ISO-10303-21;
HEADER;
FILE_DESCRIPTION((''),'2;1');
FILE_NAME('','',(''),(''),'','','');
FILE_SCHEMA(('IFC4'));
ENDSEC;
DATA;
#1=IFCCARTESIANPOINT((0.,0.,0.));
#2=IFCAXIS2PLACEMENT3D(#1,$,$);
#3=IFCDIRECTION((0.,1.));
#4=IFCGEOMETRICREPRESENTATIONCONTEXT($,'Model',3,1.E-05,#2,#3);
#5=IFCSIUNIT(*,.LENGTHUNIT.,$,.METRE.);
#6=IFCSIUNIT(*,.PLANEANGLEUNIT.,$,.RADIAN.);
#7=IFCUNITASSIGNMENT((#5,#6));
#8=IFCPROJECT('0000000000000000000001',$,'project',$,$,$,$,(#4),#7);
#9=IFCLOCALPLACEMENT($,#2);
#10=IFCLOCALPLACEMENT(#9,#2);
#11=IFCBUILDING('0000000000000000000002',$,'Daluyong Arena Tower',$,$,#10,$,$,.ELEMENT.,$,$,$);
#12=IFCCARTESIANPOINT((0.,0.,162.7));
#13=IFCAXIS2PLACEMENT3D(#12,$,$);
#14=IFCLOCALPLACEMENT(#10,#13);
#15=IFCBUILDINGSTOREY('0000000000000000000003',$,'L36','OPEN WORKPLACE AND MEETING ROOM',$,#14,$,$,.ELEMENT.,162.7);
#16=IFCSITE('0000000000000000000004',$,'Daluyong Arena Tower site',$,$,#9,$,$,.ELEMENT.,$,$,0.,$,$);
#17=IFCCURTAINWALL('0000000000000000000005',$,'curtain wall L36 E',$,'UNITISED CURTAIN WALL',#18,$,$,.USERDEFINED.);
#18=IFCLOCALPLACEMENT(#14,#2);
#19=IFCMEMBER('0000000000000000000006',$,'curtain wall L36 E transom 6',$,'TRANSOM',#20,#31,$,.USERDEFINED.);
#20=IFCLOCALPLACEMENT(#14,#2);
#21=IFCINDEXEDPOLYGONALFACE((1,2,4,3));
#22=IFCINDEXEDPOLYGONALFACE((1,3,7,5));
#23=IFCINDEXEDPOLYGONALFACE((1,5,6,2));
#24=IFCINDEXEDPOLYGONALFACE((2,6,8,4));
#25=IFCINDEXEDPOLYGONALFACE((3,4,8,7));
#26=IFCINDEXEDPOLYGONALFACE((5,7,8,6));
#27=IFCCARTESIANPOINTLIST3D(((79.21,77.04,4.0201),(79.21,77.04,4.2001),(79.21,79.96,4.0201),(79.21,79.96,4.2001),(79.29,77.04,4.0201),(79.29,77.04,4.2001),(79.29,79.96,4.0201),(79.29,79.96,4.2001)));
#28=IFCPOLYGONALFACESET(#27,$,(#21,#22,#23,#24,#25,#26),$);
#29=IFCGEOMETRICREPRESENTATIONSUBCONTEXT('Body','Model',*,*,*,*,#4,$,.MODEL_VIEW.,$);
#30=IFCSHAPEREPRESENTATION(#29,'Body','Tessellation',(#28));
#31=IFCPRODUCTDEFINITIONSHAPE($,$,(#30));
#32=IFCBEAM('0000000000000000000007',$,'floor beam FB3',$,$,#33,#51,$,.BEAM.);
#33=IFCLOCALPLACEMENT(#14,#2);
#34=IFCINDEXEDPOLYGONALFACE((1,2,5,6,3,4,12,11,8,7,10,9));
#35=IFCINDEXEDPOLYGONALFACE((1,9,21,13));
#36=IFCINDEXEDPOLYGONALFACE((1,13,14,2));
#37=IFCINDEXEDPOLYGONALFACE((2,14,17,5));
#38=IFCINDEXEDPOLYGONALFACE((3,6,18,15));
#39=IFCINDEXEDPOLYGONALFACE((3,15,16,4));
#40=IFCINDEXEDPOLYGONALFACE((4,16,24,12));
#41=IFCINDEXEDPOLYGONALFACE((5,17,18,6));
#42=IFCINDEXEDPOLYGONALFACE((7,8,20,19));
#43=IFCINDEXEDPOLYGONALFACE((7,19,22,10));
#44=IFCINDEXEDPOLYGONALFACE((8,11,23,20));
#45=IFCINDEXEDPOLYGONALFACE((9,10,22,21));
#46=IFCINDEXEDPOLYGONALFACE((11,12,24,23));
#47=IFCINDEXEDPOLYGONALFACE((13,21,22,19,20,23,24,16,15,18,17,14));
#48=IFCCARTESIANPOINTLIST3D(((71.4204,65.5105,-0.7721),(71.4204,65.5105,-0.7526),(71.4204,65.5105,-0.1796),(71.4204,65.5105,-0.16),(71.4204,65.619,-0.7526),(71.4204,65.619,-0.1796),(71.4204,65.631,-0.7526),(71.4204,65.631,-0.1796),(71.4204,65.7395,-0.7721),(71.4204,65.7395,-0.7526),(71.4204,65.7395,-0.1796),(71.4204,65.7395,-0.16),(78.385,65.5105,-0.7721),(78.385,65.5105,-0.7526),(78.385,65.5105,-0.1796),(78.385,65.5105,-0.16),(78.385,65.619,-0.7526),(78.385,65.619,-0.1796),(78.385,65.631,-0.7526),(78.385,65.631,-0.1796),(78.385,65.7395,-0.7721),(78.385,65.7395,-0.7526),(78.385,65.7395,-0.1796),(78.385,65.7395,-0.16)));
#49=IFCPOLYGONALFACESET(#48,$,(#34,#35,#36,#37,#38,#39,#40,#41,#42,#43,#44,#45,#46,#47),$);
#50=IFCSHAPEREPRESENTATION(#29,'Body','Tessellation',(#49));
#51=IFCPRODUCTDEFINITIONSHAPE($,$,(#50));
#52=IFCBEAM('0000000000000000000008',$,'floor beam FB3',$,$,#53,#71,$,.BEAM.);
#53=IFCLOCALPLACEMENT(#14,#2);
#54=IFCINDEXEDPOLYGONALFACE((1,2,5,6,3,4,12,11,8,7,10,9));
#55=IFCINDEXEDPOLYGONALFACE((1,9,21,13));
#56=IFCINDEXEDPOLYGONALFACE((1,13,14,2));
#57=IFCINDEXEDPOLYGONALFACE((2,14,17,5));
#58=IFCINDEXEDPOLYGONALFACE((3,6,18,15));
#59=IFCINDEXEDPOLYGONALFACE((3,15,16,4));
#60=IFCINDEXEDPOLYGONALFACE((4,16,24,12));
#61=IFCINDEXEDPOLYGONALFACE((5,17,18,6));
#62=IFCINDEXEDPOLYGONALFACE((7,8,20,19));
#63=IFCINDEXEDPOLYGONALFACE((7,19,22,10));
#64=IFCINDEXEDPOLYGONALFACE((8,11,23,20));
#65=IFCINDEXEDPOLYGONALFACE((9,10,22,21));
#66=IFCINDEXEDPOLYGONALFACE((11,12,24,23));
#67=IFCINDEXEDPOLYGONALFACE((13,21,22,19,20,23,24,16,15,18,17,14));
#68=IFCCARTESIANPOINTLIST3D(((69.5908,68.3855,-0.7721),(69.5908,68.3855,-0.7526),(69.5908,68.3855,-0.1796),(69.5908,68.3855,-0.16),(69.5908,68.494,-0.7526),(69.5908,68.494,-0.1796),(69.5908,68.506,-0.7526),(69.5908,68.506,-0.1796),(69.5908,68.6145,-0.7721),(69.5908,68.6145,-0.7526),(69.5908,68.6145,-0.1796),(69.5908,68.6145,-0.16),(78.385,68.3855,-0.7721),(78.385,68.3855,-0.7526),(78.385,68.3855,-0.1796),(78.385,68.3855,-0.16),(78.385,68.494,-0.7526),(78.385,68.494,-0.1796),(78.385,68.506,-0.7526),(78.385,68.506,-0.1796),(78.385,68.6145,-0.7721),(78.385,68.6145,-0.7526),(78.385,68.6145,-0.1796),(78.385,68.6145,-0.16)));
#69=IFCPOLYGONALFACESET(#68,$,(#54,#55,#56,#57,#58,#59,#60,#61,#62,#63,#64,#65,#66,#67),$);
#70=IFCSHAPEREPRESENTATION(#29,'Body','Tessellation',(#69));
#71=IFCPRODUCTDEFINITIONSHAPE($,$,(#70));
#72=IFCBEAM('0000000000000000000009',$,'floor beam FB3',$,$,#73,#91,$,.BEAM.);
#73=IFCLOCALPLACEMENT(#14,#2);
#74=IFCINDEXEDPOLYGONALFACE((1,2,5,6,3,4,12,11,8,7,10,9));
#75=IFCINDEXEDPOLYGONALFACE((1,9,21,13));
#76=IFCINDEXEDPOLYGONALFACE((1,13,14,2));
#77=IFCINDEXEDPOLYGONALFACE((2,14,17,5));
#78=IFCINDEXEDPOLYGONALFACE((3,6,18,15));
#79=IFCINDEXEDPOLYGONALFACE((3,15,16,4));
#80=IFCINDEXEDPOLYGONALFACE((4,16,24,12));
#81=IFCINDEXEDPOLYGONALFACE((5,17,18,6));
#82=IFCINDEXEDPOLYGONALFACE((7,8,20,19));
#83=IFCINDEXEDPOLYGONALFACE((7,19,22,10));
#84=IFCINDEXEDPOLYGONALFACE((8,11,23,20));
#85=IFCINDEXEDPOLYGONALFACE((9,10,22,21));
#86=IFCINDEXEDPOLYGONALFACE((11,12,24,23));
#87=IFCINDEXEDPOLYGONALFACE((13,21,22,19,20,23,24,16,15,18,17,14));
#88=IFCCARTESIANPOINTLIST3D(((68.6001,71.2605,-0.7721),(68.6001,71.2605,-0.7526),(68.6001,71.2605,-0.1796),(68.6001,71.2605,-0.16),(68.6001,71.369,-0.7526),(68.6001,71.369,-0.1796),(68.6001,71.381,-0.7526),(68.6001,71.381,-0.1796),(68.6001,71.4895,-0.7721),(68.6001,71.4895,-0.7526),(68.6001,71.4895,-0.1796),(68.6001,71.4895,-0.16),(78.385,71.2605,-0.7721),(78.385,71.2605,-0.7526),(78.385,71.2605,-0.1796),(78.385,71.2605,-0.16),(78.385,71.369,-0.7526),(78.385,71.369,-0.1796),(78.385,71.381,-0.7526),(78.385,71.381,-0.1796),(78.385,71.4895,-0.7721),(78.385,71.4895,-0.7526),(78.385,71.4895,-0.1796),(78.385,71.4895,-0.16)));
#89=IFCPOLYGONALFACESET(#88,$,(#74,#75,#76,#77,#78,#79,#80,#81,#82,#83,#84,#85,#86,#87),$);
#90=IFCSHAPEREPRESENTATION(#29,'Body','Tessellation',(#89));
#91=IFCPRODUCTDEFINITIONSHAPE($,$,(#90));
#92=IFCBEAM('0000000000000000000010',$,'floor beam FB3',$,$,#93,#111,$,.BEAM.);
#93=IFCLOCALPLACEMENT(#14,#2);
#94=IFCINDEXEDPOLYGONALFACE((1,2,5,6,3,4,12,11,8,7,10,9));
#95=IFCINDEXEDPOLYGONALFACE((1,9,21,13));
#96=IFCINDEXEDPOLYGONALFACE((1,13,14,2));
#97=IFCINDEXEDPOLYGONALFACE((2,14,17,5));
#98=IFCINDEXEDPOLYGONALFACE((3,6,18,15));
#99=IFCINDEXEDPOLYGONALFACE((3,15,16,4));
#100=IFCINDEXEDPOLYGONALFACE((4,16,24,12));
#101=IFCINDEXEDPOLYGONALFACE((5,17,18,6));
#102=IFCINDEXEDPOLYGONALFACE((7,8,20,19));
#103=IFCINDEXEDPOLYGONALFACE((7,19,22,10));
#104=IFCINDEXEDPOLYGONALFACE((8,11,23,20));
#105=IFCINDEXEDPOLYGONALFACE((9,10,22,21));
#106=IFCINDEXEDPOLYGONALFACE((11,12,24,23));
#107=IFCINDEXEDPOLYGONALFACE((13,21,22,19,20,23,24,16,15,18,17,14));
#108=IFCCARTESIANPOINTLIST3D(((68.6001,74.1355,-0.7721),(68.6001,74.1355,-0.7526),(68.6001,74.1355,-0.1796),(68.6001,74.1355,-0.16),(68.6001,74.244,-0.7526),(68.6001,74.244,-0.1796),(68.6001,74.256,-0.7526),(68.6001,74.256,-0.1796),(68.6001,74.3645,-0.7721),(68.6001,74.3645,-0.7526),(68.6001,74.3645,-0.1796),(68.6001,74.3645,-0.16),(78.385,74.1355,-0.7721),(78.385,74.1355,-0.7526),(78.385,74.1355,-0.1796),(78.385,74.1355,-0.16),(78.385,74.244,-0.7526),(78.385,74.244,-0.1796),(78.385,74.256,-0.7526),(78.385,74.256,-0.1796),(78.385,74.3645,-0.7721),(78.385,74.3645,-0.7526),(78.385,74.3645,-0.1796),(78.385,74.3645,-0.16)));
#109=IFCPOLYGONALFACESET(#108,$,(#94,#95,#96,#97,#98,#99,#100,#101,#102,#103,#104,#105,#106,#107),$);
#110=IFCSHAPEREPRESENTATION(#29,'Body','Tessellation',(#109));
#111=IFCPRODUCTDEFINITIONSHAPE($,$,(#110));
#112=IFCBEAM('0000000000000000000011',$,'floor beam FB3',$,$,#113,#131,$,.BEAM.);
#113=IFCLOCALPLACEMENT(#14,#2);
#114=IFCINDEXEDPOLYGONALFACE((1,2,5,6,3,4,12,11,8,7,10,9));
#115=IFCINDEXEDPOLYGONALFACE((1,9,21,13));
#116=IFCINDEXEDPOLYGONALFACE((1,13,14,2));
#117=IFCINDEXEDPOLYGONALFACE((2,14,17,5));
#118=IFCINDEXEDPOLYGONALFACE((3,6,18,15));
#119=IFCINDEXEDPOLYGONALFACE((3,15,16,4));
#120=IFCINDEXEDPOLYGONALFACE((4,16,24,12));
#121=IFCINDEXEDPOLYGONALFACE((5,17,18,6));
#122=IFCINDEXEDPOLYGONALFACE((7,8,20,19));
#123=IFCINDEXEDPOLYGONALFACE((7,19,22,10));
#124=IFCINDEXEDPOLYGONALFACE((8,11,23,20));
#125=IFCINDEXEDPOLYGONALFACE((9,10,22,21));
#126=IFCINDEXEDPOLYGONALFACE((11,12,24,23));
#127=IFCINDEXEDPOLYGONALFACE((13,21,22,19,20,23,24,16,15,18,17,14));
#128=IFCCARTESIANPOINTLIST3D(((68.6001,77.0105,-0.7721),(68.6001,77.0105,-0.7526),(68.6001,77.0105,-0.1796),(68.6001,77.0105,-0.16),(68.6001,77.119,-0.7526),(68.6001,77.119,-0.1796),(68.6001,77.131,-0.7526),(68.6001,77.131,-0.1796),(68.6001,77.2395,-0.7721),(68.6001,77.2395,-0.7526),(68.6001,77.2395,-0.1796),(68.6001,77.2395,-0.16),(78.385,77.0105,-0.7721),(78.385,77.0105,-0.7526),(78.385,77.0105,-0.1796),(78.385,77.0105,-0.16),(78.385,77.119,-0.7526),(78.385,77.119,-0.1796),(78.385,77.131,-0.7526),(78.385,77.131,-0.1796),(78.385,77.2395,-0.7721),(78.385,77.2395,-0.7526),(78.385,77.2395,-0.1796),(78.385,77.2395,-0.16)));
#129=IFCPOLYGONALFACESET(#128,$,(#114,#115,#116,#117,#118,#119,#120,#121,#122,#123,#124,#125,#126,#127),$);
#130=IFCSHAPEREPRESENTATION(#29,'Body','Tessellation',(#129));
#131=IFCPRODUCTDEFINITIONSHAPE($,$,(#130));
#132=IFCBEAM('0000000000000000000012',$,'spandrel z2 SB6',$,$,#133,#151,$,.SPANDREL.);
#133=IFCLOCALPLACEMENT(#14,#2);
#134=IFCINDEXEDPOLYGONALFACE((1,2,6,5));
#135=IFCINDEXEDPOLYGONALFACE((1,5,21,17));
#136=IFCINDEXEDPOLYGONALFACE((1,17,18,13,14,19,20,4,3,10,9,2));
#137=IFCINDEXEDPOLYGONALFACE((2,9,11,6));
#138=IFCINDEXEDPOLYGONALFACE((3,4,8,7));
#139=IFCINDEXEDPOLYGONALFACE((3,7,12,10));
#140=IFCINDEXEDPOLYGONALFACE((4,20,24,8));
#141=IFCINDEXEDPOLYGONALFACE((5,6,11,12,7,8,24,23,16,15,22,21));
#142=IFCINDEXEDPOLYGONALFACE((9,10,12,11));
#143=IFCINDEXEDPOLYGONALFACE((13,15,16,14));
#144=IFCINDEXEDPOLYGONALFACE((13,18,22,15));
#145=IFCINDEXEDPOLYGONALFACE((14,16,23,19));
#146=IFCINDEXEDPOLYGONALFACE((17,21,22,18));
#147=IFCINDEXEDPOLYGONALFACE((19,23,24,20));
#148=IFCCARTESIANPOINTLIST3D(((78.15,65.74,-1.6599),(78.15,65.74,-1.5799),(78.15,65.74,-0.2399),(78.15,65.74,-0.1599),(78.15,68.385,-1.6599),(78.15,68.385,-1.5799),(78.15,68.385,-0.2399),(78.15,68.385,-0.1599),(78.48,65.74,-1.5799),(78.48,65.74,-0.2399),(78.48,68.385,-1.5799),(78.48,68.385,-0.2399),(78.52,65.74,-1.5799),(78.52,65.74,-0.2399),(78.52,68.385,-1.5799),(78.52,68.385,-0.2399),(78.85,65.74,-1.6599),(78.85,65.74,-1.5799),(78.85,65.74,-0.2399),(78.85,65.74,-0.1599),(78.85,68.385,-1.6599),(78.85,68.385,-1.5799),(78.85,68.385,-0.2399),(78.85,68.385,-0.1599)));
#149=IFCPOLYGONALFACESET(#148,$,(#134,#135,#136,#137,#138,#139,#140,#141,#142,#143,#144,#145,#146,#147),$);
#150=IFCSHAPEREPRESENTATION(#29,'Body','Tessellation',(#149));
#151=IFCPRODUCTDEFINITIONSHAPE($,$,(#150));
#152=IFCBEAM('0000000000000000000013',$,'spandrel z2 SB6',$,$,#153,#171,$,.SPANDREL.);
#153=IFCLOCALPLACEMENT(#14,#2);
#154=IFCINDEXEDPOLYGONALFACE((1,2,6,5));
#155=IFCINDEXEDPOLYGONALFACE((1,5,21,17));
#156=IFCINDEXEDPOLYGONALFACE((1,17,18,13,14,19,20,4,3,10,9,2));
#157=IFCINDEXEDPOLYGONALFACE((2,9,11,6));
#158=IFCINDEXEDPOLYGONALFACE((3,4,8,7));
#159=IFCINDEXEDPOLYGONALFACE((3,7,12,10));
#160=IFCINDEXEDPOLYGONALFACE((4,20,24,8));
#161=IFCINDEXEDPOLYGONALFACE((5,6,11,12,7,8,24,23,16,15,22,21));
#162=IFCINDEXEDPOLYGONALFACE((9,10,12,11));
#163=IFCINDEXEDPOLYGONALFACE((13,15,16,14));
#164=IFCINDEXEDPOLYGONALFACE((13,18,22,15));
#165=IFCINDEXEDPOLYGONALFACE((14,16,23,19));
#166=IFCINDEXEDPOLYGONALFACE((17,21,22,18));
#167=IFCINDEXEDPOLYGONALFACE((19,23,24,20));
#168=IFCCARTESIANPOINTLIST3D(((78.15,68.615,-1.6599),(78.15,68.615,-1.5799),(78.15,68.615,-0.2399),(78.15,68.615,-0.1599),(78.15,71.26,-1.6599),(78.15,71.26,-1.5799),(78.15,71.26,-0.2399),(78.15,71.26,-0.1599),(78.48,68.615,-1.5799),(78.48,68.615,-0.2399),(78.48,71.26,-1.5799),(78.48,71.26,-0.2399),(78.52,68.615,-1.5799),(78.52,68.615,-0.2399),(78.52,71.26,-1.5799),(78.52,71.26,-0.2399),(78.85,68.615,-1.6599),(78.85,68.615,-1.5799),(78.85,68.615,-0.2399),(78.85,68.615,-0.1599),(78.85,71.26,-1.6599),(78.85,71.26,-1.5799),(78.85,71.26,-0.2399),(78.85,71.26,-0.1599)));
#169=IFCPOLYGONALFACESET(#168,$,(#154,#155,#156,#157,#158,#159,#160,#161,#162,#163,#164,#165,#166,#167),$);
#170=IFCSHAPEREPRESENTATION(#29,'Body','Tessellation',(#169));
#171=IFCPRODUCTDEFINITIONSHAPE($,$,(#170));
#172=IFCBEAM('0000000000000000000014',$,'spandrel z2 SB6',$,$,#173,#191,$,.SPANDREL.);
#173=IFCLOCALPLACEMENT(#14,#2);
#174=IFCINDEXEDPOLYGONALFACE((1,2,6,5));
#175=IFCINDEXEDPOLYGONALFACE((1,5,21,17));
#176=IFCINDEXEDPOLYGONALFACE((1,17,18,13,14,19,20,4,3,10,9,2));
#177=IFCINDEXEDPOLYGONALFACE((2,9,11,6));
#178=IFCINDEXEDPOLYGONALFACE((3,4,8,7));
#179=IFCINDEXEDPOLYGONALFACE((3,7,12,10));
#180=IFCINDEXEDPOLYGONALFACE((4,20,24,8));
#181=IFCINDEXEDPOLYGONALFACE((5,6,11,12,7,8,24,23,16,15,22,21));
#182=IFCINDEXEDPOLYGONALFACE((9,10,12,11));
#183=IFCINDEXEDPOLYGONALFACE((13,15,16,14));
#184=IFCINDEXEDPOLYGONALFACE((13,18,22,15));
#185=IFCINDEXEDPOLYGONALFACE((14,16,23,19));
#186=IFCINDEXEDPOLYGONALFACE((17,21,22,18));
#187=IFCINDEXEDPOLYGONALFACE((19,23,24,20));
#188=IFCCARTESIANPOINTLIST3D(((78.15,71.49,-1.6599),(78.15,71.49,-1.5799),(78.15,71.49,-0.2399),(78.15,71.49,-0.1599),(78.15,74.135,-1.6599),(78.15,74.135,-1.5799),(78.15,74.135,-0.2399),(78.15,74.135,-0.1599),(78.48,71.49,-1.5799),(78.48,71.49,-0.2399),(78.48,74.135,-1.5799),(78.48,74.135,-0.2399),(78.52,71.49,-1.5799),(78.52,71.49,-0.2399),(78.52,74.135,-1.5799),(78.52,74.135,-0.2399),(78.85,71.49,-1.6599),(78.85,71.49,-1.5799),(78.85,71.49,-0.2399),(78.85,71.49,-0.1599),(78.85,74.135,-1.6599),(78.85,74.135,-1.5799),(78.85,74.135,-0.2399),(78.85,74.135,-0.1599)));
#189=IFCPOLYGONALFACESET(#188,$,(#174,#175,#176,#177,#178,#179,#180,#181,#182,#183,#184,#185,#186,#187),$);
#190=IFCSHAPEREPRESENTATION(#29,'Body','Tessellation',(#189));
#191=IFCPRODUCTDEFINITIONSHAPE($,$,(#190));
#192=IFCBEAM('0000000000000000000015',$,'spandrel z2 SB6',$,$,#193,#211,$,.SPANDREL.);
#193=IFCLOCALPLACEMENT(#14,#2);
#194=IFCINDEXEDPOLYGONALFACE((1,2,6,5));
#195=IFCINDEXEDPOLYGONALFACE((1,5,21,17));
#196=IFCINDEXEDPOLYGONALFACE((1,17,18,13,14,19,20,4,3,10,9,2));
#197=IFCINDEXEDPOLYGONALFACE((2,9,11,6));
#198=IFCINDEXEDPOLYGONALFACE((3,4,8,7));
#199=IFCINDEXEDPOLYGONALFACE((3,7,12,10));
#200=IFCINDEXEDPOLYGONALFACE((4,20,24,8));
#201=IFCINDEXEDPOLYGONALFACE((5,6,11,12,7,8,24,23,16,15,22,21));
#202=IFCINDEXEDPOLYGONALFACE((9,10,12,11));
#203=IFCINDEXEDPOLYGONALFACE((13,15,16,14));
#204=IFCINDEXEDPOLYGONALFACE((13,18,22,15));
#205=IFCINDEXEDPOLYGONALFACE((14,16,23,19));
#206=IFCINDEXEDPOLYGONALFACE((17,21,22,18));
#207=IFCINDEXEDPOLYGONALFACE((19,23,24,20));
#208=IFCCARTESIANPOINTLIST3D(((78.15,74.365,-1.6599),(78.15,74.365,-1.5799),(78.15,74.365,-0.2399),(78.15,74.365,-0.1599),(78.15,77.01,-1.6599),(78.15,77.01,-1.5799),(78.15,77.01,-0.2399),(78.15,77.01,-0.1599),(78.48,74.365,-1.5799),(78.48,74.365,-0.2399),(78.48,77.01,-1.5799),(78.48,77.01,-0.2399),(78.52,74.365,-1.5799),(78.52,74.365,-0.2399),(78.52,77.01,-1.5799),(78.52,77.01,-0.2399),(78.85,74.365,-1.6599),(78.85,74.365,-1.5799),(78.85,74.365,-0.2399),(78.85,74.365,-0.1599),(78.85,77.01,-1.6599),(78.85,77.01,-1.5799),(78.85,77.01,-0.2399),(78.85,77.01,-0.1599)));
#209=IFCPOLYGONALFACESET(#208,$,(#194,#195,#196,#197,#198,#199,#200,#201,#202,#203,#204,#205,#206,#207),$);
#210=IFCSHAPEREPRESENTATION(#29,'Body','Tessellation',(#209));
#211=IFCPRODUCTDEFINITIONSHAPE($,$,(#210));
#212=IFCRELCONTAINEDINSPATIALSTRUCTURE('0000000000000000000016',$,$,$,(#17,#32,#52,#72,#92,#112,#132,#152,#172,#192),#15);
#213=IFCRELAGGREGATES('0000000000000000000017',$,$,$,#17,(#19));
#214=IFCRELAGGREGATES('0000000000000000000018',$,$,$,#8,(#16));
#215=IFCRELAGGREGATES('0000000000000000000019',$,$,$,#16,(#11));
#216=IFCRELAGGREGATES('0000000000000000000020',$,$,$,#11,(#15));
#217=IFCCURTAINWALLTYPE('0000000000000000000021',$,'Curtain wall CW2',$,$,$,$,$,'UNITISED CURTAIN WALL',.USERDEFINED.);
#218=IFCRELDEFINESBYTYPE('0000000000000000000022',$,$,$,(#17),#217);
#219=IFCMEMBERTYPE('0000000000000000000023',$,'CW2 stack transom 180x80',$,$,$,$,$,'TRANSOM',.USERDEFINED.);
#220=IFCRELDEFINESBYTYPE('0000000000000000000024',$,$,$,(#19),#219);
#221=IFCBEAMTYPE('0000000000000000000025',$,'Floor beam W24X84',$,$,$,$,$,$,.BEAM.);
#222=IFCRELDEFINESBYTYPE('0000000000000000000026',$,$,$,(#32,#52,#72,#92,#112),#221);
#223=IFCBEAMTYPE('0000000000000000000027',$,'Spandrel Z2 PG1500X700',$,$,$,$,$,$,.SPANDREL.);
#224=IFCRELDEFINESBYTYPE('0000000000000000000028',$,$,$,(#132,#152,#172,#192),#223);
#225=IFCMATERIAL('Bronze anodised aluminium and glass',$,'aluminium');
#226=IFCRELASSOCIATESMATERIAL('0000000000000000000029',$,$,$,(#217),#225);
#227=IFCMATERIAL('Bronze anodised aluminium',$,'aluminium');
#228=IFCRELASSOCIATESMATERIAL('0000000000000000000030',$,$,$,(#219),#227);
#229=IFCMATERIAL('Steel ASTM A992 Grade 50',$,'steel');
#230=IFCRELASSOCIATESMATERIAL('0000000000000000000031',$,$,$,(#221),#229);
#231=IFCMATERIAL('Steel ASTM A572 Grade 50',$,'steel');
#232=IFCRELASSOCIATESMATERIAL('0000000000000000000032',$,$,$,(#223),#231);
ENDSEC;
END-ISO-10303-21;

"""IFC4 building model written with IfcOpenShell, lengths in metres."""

from ifc_helpers import new_model, si_unit, direction, frame, origin, origin_2d, place, context, subcontext, project, spatial, rectangle, i_section, extrude, material, material_profile, profile_set, type_object, element, aggregate, save


model = new_model("IFC4")

# Units and contexts
model_context = context("Model", 3, precision=1e-05, world=origin(), true_north=direction((0.0, 1.0)))
body_context = subcontext(model_context, "Body", "Model", "MODEL_VIEW")
ifc_project = project(units=[si_unit("LENGTHUNIT", "METRE"), si_unit("PLANEANGLEUNIT", "RADIAN")], contexts=[model_context])

# Site, building, storey
site_placement = place(None, origin())
site = spatial("IfcSite", under=ifc_project, at=site_placement, Name="Daluyong Arena Tower site", CompositionType="ELEMENT", RefElevation=0.0)
building_placement = place(site_placement, origin())
building = spatial("IfcBuilding", under=site, at=building_placement, Name="Daluyong Arena Tower", CompositionType="ELEMENT")
storey_placement = place(building_placement, frame((0.0, 0.0, 162.7)))
storey = spatial("IfcBuildingStorey", under=building, at=storey_placement, Name="L36", Description="OPEN WORKPLACE AND MEETING ROOM", CompositionType="ELEMENT", Elevation=162.7)

# Curtain wall, member
ifc_material_1 = material(Name="Bronze anodised aluminium and glass", Category="aluminium")
curtain_wall_type = type_object("IfcCurtainWallType", Name="Curtain wall CW2", ElementType="UNITISED CURTAIN WALL", PredefinedType="USERDEFINED", material=ifc_material_1)
curtain_wall_placement = place(storey_placement, origin())
curtain_wall = element("IfcCurtainWall", 1, at=curtain_wall_placement, inside=storey, type_object=curtain_wall_type, Name="curtain wall L36 E", ObjectType="UNITISED CURTAIN WALL", PredefinedType="USERDEFINED")
ifc_material_2 = material(Name="Bronze anodised aluminium", Category="aluminium")
ifc_material_profile_1 = material_profile(ifc_material_2, rectangle(XDim=0.0801, YDim=0.1799, at=origin_2d()))
ifc_profile_set_1 = profile_set([ifc_material_profile_1], Name="Bronze anodised aluminium")
member_type_1 = type_object("IfcMemberType", Name="CW2 stack transom 180x80", ElementType="TRANSOM", PredefinedType="USERDEFINED", material=ifc_profile_set_1)
member_1_placement = place(storey_placement, frame((79.25, 77.04, 4.1101), z_axis=(0.0, 1.0, 0.0), x_axis=(-1.0, 0.0, 0.0)))
member_1 = element("IfcMember", 2, at=member_1_placement, type_object=member_type_1, Name="curtain wall L36 E transom 6", ObjectType="TRANSOM", PredefinedType="USERDEFINED", context=body_context, shape_type="SweptSolid", body=[
    extrude(rectangle(XDim=0.0801, YDim=0.1799, at=origin_2d()), origin(), (0.0, 0.0, 1.0), 2.9199),
])

# Beams
ifc_material_3 = material(Name="Steel ASTM A992 Grade 50", Category="steel")
ifc_material_profile_2 = material_profile(ifc_material_3, i_section(OverallWidth=0.229, OverallDepth=0.6121, WebThickness=0.012, FlangeThickness=0.0195, at=origin_2d()))
ifc_profile_set_2 = profile_set([ifc_material_profile_2], Name="Steel ASTM A992 Grade 50")
beam_type_1 = type_object("IfcBeamType", Name="Floor beam W24X84", PredefinedType="BEAM", material=ifc_profile_set_2)
beam_1_placement = place(storey_placement, frame((78.385, 65.625, -0.4661), z_axis=(-1.0, 0.0, 0.0), x_axis=(0.0, -1.0, 0.0)))
element("IfcBeam", 3, at=beam_1_placement, inside=storey, type_object=beam_type_1, Name="floor beam FB3", PredefinedType="BEAM", context=body_context, shape_type="SweptSolid", body=[
    extrude(i_section(OverallWidth=0.229, OverallDepth=0.6121, WebThickness=0.012, FlangeThickness=0.0195, at=origin_2d()), origin(), (0.0, 0.0, 1.0), 6.9646),
])
beam_2_placement = place(storey_placement, frame((78.385, 68.5, -0.4661), z_axis=(-1.0, 0.0, 0.0), x_axis=(0.0, -1.0, 0.0)))
element("IfcBeam", 4, at=beam_2_placement, inside=storey, type_object=beam_type_1, Name="floor beam FB3", PredefinedType="BEAM", context=body_context, shape_type="SweptSolid", body=[
    extrude(i_section(OverallWidth=0.229, OverallDepth=0.6121, WebThickness=0.012, FlangeThickness=0.0195, at=origin_2d()), origin(), (0.0, 0.0, 1.0), 8.7942),
])
for number, where, z_axis, x_axis, name in (
    (5, (78.385, 71.375, -0.4661), (-1.0, 0.0, 0.0), (0.0, -1.0, 0.0), "floor beam FB3"),
    (6, (78.385, 74.25, -0.4661), (-1.0, 0.0, 0.0), (0.0, -1.0, 0.0), "floor beam FB3"),
    (7, (78.385, 77.125, -0.4661), (-1.0, 0.0, 0.0), (0.0, -1.0, 0.0), "floor beam FB3"),
):
    element("IfcBeam", number, at=place(storey_placement, frame(where, z_axis=z_axis, x_axis=x_axis)), inside=storey, type_object=beam_type_1, Name=name, PredefinedType="BEAM", context=body_context, shape_type="SweptSolid", body=[
        extrude(i_section(OverallWidth=0.229, OverallDepth=0.6121, WebThickness=0.012, FlangeThickness=0.0195, at=origin_2d()), origin(), (0.0, 0.0, 1.0), 9.7849),
    ])
ifc_material_4 = material(Name="Steel ASTM A572 Grade 50", Category="steel")
ifc_material_profile_3 = material_profile(ifc_material_4, i_section(OverallWidth=0.7, OverallDepth=1.5, WebThickness=0.04, FlangeThickness=0.08, at=origin_2d()))
ifc_profile_set_3 = profile_set([ifc_material_profile_3], Name="Steel ASTM A572 Grade 50")
beam_type_2 = type_object("IfcBeamType", Name="Spandrel Z2 PG1500X700", PredefinedType="SPANDREL", material=ifc_profile_set_3)
for number, where, z_axis, x_axis, name in (
    (8, (78.5, 65.74, -0.9099), (0.0, 1.0, 0.0), (-1.0, 0.0, 0.0), "spandrel z2 SB6"),
    (9, (78.5, 68.615, -0.9099), (0.0, 1.0, 0.0), (-1.0, 0.0, 0.0), "spandrel z2 SB6"),
    (10, (78.5, 71.49, -0.9099), (0.0, 1.0, 0.0), (-1.0, 0.0, 0.0), "spandrel z2 SB6"),
    (11, (78.5, 74.365, -0.9099), (0.0, 1.0, 0.0), (-1.0, 0.0, 0.0), "spandrel z2 SB6"),
):
    element("IfcBeam", number, at=place(storey_placement, frame(where, z_axis=z_axis, x_axis=x_axis)), inside=storey, type_object=beam_type_2, Name=name, PredefinedType="SPANDREL", context=body_context, shape_type="SweptSolid", body=[
        extrude(i_section(OverallWidth=0.7, OverallDepth=1.5, WebThickness=0.04, FlangeThickness=0.08, at=origin_2d()), origin(), (0.0, 0.0, 1.0), 2.645),
    ])

aggregate(curtain_wall, [member_1])

save(model, "model.ifc")
